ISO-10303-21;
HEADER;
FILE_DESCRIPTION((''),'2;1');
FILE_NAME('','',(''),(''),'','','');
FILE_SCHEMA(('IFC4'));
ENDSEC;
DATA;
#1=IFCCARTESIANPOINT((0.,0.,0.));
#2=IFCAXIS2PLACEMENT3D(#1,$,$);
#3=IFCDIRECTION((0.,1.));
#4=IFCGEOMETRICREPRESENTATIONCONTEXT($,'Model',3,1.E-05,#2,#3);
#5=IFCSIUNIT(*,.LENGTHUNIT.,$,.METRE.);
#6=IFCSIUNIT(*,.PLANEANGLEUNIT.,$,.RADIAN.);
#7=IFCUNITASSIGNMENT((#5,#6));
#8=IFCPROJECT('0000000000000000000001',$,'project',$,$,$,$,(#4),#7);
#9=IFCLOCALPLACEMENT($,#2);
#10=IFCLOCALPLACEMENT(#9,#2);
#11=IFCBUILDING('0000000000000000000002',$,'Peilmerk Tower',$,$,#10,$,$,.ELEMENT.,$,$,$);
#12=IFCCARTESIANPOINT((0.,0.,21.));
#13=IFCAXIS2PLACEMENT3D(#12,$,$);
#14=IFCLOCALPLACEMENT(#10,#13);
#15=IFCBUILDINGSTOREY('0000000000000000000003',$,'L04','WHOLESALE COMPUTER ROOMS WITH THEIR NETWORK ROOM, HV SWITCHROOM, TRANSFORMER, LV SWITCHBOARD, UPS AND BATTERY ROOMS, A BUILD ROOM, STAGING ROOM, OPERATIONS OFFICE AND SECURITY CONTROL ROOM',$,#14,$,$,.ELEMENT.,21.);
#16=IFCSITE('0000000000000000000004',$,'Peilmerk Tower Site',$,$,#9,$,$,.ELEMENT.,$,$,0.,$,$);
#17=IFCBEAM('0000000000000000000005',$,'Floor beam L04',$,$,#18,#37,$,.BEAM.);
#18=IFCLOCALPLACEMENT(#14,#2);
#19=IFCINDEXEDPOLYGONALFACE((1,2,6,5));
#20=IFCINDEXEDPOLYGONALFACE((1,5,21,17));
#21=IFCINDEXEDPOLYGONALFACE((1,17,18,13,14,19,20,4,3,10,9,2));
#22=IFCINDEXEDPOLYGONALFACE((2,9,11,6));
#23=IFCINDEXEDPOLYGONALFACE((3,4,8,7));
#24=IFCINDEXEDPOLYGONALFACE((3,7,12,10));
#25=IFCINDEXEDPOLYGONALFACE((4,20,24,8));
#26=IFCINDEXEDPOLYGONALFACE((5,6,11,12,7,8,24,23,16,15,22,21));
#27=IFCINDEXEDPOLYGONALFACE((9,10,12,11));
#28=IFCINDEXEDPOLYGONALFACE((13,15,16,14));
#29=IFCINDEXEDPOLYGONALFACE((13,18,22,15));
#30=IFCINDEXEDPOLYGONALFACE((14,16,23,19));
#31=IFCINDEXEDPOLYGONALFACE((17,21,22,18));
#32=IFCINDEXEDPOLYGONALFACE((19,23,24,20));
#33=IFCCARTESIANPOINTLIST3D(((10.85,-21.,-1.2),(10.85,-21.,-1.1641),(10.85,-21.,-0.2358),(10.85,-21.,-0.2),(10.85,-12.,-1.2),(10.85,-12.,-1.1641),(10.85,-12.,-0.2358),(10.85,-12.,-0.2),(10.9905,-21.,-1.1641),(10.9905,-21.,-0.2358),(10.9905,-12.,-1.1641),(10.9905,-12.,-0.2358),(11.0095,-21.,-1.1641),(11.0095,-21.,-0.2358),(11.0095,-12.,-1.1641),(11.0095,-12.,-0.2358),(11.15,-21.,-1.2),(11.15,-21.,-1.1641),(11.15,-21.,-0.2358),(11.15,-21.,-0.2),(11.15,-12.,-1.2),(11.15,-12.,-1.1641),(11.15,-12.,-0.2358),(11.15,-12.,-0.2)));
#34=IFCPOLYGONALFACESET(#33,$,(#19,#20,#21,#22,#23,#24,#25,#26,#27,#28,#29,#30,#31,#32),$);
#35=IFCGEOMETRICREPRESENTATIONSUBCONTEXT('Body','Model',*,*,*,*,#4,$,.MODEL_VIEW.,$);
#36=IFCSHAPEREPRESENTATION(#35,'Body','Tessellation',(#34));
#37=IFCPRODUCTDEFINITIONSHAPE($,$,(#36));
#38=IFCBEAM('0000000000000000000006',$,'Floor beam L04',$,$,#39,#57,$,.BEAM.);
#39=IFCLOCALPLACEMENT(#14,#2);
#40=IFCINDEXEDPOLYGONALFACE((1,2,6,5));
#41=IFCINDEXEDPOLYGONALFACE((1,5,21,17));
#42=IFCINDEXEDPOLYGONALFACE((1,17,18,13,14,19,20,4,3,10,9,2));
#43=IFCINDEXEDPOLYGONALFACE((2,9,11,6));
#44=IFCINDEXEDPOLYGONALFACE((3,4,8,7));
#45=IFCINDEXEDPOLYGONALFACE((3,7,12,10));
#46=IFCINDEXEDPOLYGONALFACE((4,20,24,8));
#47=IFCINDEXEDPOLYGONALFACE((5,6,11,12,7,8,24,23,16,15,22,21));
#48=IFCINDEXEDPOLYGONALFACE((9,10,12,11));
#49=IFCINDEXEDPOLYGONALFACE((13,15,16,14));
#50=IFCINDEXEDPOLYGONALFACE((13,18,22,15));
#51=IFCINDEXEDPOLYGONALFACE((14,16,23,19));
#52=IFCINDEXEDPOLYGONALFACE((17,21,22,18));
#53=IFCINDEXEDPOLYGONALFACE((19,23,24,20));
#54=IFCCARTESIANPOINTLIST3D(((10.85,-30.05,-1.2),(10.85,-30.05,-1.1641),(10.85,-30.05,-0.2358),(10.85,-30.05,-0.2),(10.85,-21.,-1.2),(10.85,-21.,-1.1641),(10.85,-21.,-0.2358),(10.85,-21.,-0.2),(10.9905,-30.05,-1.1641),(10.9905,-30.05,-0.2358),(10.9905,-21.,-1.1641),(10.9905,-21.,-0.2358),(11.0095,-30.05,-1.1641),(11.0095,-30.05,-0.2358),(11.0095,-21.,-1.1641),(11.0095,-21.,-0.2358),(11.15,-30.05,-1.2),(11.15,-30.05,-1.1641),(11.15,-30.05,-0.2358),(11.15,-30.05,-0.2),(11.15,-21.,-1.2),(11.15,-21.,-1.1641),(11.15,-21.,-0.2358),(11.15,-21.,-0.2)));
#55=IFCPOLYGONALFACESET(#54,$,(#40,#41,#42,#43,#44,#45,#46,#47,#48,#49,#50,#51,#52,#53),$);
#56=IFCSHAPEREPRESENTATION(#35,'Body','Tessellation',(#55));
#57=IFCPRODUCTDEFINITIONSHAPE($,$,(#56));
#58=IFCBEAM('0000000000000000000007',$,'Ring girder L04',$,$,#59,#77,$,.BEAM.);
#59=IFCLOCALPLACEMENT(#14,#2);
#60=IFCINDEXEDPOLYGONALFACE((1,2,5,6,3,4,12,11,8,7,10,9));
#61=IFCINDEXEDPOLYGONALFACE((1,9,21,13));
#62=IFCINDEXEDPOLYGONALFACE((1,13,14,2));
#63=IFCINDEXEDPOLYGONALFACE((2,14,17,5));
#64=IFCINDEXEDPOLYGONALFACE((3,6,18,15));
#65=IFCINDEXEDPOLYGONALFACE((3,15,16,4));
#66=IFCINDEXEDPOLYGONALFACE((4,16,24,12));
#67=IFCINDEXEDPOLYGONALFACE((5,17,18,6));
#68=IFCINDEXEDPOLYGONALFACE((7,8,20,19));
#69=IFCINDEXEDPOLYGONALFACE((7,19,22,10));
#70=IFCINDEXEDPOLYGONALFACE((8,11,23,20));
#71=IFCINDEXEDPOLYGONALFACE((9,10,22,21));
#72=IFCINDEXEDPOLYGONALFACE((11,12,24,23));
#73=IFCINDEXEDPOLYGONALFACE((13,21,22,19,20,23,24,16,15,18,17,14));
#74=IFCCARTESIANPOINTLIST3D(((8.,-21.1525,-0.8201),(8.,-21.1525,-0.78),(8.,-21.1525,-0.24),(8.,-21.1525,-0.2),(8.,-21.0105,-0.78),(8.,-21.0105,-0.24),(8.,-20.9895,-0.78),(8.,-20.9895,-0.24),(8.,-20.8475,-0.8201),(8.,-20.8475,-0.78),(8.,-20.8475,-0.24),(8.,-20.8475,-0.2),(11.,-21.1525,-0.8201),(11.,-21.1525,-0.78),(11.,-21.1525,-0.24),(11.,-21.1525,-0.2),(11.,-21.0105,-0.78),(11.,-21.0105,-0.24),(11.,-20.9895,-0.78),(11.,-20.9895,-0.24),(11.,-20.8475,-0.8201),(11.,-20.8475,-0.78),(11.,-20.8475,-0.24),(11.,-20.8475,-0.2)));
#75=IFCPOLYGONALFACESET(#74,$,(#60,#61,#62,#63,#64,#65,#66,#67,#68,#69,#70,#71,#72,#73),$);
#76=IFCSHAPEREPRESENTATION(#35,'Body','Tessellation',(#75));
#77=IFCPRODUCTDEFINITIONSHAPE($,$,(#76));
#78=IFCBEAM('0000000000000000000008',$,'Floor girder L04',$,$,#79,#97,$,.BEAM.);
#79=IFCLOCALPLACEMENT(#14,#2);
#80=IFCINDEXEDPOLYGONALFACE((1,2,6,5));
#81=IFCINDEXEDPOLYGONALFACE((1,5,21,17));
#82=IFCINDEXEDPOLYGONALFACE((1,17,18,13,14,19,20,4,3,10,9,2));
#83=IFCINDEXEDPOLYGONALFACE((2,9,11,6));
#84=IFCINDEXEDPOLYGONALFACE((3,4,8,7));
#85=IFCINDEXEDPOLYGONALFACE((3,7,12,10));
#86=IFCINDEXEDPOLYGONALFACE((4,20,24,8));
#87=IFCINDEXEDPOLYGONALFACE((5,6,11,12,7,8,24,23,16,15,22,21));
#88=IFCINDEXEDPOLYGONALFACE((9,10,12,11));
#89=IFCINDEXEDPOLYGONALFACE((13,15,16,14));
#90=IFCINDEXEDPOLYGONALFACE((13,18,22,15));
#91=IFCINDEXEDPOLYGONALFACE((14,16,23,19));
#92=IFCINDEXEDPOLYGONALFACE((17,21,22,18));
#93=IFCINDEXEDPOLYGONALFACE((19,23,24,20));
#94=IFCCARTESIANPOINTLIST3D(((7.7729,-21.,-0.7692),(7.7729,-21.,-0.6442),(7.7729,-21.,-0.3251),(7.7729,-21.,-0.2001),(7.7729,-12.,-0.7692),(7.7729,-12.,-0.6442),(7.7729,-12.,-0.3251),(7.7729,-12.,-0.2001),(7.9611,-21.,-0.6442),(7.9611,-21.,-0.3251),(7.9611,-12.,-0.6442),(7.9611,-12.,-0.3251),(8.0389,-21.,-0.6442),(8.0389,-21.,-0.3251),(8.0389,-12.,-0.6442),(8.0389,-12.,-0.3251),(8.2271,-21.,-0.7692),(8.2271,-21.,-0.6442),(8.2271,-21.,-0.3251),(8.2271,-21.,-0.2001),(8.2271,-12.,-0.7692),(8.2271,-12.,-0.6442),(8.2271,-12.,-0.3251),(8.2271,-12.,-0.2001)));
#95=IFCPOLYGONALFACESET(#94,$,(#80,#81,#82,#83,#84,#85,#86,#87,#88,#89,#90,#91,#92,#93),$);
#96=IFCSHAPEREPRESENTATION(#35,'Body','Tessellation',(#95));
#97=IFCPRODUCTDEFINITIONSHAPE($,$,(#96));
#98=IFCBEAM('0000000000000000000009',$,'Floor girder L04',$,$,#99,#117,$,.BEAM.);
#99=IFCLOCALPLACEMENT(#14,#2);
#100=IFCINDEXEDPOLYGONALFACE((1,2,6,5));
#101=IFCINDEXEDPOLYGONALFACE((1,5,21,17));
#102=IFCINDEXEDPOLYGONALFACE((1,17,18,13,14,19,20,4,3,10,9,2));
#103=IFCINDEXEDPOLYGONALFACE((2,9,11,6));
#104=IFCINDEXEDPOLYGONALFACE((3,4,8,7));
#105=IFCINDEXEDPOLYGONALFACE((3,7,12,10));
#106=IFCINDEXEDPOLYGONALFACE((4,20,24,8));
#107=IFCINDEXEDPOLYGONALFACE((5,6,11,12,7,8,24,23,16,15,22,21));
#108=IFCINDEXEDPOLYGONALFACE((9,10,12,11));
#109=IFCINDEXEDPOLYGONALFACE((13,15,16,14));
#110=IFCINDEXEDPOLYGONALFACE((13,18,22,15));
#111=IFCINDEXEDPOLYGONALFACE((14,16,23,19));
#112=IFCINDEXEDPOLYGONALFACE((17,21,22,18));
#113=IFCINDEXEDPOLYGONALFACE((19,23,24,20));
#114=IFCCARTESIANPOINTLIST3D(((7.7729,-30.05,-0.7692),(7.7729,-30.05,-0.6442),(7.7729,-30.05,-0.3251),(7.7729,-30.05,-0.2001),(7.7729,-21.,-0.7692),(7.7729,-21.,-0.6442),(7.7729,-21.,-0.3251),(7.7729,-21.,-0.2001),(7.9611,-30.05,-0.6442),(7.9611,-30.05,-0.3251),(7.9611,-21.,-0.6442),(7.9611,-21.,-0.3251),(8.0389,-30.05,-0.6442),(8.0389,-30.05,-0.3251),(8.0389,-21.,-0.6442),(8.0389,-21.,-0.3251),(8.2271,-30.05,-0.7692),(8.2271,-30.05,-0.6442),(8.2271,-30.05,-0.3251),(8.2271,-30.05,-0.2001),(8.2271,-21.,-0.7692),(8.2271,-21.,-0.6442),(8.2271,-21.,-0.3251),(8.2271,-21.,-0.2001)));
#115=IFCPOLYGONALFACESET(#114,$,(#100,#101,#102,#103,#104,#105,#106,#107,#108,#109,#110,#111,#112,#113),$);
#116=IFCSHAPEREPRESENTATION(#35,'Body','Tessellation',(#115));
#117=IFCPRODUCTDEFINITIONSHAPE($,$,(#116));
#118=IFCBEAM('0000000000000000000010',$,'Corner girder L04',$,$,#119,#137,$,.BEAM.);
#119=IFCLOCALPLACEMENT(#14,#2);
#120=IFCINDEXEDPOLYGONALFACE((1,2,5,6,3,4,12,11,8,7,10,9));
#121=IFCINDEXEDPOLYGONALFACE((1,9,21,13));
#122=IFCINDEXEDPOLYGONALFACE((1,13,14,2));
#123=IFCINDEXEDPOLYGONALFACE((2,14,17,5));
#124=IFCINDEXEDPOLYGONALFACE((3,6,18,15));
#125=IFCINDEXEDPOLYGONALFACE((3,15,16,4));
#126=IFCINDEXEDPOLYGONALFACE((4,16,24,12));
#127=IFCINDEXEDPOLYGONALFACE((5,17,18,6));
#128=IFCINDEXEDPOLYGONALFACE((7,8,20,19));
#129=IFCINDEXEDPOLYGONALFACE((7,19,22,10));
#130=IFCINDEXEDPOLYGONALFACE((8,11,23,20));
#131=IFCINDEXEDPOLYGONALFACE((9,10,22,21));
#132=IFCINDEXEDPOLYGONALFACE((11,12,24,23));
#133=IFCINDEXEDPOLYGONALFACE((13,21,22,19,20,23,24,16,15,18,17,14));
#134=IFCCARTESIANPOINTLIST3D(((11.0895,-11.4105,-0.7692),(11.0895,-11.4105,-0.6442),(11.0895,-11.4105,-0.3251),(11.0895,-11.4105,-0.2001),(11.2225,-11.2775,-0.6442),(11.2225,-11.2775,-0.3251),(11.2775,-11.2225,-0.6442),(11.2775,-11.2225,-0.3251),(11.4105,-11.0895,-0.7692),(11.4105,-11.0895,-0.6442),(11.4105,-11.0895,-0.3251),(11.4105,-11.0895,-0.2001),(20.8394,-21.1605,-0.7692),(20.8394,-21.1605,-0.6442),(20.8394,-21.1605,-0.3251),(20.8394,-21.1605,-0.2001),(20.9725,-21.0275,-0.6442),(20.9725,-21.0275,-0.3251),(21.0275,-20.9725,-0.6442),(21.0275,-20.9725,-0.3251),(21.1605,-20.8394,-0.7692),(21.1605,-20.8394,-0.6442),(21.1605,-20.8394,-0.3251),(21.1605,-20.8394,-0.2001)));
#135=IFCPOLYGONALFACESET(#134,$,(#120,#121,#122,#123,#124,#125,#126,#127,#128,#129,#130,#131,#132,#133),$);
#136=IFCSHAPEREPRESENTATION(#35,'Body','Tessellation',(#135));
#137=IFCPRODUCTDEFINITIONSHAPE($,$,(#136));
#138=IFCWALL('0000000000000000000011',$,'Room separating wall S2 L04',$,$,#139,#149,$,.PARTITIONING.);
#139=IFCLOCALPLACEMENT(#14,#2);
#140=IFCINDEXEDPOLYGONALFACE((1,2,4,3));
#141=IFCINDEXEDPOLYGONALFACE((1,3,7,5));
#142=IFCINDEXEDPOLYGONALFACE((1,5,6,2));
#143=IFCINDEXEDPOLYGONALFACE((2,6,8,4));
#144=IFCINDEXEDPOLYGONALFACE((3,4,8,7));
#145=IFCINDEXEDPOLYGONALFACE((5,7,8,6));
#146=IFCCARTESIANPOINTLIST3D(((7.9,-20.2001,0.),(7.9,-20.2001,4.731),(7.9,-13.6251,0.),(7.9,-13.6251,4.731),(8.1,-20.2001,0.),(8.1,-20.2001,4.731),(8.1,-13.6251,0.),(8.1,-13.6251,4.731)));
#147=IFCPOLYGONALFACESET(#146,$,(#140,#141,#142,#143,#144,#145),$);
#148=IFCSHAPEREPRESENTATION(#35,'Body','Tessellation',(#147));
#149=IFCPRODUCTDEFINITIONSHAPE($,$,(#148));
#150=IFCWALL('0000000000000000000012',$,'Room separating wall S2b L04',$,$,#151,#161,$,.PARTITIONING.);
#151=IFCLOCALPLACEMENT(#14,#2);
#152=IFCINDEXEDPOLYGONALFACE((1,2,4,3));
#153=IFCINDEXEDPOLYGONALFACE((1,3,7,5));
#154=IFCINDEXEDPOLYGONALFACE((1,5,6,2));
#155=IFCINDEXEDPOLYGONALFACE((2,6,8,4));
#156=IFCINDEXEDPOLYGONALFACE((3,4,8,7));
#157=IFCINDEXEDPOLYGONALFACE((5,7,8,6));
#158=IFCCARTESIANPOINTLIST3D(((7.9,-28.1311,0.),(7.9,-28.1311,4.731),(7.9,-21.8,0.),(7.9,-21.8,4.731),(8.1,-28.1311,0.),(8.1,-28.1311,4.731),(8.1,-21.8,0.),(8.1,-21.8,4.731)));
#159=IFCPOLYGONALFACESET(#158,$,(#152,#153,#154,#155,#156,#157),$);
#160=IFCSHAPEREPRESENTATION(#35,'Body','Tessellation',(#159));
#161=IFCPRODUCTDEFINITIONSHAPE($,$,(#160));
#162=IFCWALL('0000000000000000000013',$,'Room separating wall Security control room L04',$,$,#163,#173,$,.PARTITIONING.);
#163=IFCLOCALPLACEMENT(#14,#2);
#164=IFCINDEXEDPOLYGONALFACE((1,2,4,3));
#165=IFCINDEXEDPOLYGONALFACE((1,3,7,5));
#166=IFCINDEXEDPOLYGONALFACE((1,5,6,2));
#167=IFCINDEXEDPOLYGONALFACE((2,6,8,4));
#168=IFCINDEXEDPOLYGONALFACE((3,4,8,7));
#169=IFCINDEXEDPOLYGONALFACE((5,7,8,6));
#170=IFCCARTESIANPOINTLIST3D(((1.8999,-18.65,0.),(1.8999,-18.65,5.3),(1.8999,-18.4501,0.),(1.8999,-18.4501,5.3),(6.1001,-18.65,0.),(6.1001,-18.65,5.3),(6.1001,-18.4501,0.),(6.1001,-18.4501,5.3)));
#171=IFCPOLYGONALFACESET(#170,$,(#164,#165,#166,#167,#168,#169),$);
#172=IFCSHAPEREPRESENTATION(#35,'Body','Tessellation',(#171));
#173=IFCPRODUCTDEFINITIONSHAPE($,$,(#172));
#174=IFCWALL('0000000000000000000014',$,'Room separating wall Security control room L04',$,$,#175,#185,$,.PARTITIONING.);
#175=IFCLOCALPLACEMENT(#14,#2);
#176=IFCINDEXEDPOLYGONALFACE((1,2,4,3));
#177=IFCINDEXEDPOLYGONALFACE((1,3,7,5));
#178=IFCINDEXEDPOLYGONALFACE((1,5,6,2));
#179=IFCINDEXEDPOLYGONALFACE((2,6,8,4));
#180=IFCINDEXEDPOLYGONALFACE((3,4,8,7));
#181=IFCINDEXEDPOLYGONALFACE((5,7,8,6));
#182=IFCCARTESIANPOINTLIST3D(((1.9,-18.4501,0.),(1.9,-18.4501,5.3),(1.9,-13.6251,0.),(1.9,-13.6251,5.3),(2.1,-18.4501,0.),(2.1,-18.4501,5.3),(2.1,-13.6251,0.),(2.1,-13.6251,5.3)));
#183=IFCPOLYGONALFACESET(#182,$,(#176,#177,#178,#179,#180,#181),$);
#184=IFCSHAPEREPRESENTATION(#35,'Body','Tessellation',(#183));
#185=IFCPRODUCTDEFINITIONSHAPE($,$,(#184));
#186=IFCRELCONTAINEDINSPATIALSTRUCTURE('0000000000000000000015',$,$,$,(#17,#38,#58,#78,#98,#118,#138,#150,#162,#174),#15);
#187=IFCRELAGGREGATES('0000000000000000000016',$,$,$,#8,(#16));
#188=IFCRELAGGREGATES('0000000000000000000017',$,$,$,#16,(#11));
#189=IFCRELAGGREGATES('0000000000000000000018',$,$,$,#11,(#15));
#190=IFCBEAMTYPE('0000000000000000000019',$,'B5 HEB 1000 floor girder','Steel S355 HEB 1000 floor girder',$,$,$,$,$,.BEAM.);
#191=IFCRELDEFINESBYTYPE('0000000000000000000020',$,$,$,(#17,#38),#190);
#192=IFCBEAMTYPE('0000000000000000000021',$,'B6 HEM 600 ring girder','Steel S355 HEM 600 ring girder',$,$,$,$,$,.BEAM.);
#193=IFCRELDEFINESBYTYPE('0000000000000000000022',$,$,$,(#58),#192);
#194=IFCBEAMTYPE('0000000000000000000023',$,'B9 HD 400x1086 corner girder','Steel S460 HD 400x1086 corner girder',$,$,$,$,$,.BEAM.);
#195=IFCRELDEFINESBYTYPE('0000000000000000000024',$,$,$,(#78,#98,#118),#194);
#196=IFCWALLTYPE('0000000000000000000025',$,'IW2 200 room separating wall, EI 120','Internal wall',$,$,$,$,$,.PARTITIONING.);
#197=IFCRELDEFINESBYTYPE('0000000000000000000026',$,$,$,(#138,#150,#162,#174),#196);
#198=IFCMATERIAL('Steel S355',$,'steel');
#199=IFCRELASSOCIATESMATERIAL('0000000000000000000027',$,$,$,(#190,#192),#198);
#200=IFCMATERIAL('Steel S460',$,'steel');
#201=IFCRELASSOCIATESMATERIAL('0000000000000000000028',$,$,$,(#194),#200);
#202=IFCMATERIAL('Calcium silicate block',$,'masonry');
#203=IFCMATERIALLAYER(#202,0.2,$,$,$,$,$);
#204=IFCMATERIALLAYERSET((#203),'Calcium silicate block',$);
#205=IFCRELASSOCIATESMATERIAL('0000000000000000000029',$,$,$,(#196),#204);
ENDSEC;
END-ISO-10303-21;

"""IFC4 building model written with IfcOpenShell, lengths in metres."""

from ifc_helpers import new_model, si_unit, direction, frame, frame_2d, origin, origin_2d, place, context, subcontext, project, spatial, rectangle, i_section, extrude, material, layer, layer_set, material_profile, profile_set, type_object, element, save


model = new_model("IFC4")

# Units and contexts
model_context = context("Model", 3, precision=1e-05, world=origin(), true_north=direction((0.0, 1.0)))
body_context = subcontext(model_context, "Body", "Model", "MODEL_VIEW")
ifc_project = project(units=[si_unit("LENGTHUNIT", "METRE"), si_unit("PLANEANGLEUNIT", "RADIAN")], contexts=[model_context])

# Site, building, storey
site_placement = place(None, origin())
site = spatial("IfcSite", under=ifc_project, at=site_placement, Name="Peilmerk Tower Site", CompositionType="ELEMENT", RefElevation=0.0)
building_placement = place(site_placement, origin())
building = spatial("IfcBuilding", under=site, at=building_placement, Name="Peilmerk Tower", CompositionType="ELEMENT")
storey_placement = place(building_placement, frame((0.0, 0.0, 21.0)))
storey = spatial("IfcBuildingStorey", under=building, at=storey_placement, Name="L04", Description="WHOLESALE COMPUTER ROOMS WITH THEIR NETWORK ROOM, HV SWITCHROOM, TRANSFORMER, LV SWITCHBOARD, UPS AND BATTERY ROOMS, A BUILD ROOM, STAGING ROOM, OPERATIONS OFFICE AND SECURITY CONTROL ROOM", CompositionType="ELEMENT", Elevation=21.0)

# Beams
ifc_material_1 = material(Name="Steel S355", Category="steel")
ifc_material_profile_1 = material_profile(ifc_material_1, i_section(OverallWidth=0.3, OverallDepth=1.0, WebThickness=0.019, FlangeThickness=0.0359, at=origin_2d()), Name="HEB 1000")
ifc_profile_set_1 = profile_set([ifc_material_profile_1], Name="Steel S355")
beam_type_1 = type_object("IfcBeamType", Name="B5 HEB 1000 floor girder", Description="Steel S355 HEB 1000 floor girder", PredefinedType="BEAM", material=ifc_profile_set_1)
beam_1_placement = place(storey_placement, frame((11.0, -12.0, -0.7), z_axis=(0.0, -1.0, 0.0), x_axis=(1.0, 0.0, 0.0)))
element("IfcBeam", 1, at=beam_1_placement, inside=storey, type_object=beam_type_1, Name="Floor beam L04", PredefinedType="BEAM", context=body_context, shape_type="SweptSolid", body=[
    extrude(i_section(OverallWidth=0.3, OverallDepth=1.0, WebThickness=0.019, FlangeThickness=0.0359, at=origin_2d()), origin(), (0.0, 0.0, 1.0), 9.0),
])
beam_2_placement = place(storey_placement, frame((11.0, -21.0, -0.7), z_axis=(0.0, -1.0, 0.0), x_axis=(1.0, 0.0, 0.0)))
element("IfcBeam", 2, at=beam_2_placement, inside=storey, type_object=beam_type_1, Name="Floor beam L04", PredefinedType="BEAM", context=body_context, shape_type="SweptSolid", body=[
    extrude(i_section(OverallWidth=0.3, OverallDepth=1.0, WebThickness=0.019, FlangeThickness=0.0359, at=origin_2d()), origin(), (0.0, 0.0, 1.0), 9.05),
])
ifc_material_profile_2 = material_profile(ifc_material_1, i_section(OverallWidth=0.3049, OverallDepth=0.6201, WebThickness=0.021, FlangeThickness=0.04, at=origin_2d()), Name="HEM 600")
ifc_profile_set_2 = profile_set([ifc_material_profile_2], Name="Steel S355")
beam_type_2 = type_object("IfcBeamType", Name="B6 HEM 600 ring girder", Description="Steel S355 HEM 600 ring girder", PredefinedType="BEAM", material=ifc_profile_set_2)
beam_3_placement = place(storey_placement, frame((8.0, -21.0, -0.51), z_axis=(1.0, 0.0, 0.0), x_axis=(0.0, 1.0, 0.0)))
element("IfcBeam", 3, at=beam_3_placement, inside=storey, type_object=beam_type_2, Name="Ring girder L04", PredefinedType="BEAM", context=body_context, shape_type="SweptSolid", body=[
    extrude(i_section(OverallWidth=0.3049, OverallDepth=0.6201, WebThickness=0.021, FlangeThickness=0.04, at=origin_2d()), origin(), (0.0, 0.0, 1.0), 3.0),
])
ifc_material_2 = material(Name="Steel S460", Category="steel")
ifc_material_profile_3 = material_profile(ifc_material_2, i_section(OverallWidth=0.4541, OverallDepth=0.5691, WebThickness=0.0779, FlangeThickness=0.125, at=origin_2d()), Name="HD 400x1086")
ifc_profile_set_3 = profile_set([ifc_material_profile_3], Name="Steel S460")
beam_type_3 = type_object("IfcBeamType", Name="B9 HD 400x1086 corner girder", Description="Steel S460 HD 400x1086 corner girder", PredefinedType="BEAM", material=ifc_profile_set_3)
beam_4_placement = place(storey_placement, frame((8.0, -12.0, -0.4846), z_axis=(0.0, -1.0, 0.0), x_axis=(1.0, 0.0, 0.0)))
element("IfcBeam", 4, at=beam_4_placement, inside=storey, type_object=beam_type_3, Name="Floor girder L04", PredefinedType="BEAM", context=body_context, shape_type="SweptSolid", body=[
    extrude(i_section(OverallWidth=0.4541, OverallDepth=0.5691, WebThickness=0.0779, FlangeThickness=0.125, at=origin_2d()), origin(), (0.0, 0.0, 1.0), 9.0),
])
beam_5_placement = place(storey_placement, frame((8.0, -21.0, -0.4846), z_axis=(0.0, -1.0, 0.0), x_axis=(1.0, 0.0, 0.0)))
element("IfcBeam", 5, at=beam_5_placement, inside=storey, type_object=beam_type_3, Name="Floor girder L04", PredefinedType="BEAM", context=body_context, shape_type="SweptSolid", body=[
    extrude(i_section(OverallWidth=0.4541, OverallDepth=0.5691, WebThickness=0.0779, FlangeThickness=0.125, at=origin_2d()), origin(), (0.0, 0.0, 1.0), 9.05),
])
beam_6_placement = place(storey_placement, frame((11.25, -11.25, -0.4846), z_axis=(0.707107, -0.707107, 0.0), x_axis=(0.707107, 0.707107, 0.0)))
element("IfcBeam", 6, at=beam_6_placement, inside=storey, type_object=beam_type_3, Name="Corner girder L04", PredefinedType="BEAM", context=body_context, shape_type="SweptSolid", body=[
    extrude(i_section(OverallWidth=0.4541, OverallDepth=0.5691, WebThickness=0.0779, FlangeThickness=0.125, at=origin_2d()), origin(), (0.0, 0.0, 1.0), 13.7886),
])

# Walls
ifc_material_3 = material(Name="Calcium silicate block", Category="masonry")
ifc_layer_1 = layer(ifc_material_3, 0.2)
ifc_layer_set_1 = layer_set([ifc_layer_1], Name="Calcium silicate block")
wall_type_1 = type_object("IfcWallType", Name="IW2 200 room separating wall, EI 120", Description="Internal wall", PredefinedType="PARTITIONING", material=ifc_layer_set_1)
wall_1_placement = place(storey_placement, frame((8.0, -13.625, 0.0), z_axis=(0.0, 0.0, 1.0), x_axis=(0.0, -1.0, 0.0)))
element("IfcWall", 7, at=wall_1_placement, inside=storey, type_object=wall_type_1, Name="Room separating wall S2 L04", PredefinedType="PARTITIONING", context=body_context, shape_type="SweptSolid", body=[
    extrude(rectangle(XDim=6.575, YDim=0.2, at=frame_2d((3.2876, 0.0))), origin(), (0.0, 0.0, 1.0), 4.731),
])
wall_2_placement = place(storey_placement, frame((8.0, -21.8, 0.0), z_axis=(0.0, 0.0, 1.0), x_axis=(0.0, -1.0, 0.0)))
element("IfcWall", 8, at=wall_2_placement, inside=storey, type_object=wall_type_1, Name="Room separating wall S2b L04", PredefinedType="PARTITIONING", context=body_context, shape_type="SweptSolid", body=[
    extrude(rectangle(XDim=6.3311, YDim=0.2, at=frame_2d((3.1655, 0.0))), origin(), (0.0, 0.0, 1.0), 4.731),
])
wall_3_placement = place(storey_placement, frame((1.8999, -18.55, 0.0), z_axis=(0.0, 0.0, 1.0), x_axis=(1.0, 0.0, 0.0)))
element("IfcWall", 9, at=wall_3_placement, inside=storey, type_object=wall_type_1, Name="Room separating wall Security control room L04", PredefinedType="PARTITIONING", context=body_context, shape_type="SweptSolid", body=[
    extrude(rectangle(XDim=4.2002, YDim=0.2, at=frame_2d((2.1001, 0.0))), origin(), (0.0, 0.0, 1.0), 5.3),
])
for number, where, z_axis, x_axis, name in (
    (10, (2.0, -13.625, 0.0), (0.0, 0.0, 1.0), (0.0, -1.0, 0.0), "Room separating wall Security control room L04"),
):
    element("IfcWall", number, at=place(storey_placement, frame(where, z_axis=z_axis, x_axis=x_axis)), inside=storey, type_object=wall_type_1, Name=name, PredefinedType="PARTITIONING", context=body_context, shape_type="SweptSolid", body=[
        extrude(rectangle(XDim=4.825, YDim=0.2, at=frame_2d((2.4126, 0.0))), origin(), (0.0, 0.0, 1.0), 5.3),
    ])

save(model, "model.ifc")
